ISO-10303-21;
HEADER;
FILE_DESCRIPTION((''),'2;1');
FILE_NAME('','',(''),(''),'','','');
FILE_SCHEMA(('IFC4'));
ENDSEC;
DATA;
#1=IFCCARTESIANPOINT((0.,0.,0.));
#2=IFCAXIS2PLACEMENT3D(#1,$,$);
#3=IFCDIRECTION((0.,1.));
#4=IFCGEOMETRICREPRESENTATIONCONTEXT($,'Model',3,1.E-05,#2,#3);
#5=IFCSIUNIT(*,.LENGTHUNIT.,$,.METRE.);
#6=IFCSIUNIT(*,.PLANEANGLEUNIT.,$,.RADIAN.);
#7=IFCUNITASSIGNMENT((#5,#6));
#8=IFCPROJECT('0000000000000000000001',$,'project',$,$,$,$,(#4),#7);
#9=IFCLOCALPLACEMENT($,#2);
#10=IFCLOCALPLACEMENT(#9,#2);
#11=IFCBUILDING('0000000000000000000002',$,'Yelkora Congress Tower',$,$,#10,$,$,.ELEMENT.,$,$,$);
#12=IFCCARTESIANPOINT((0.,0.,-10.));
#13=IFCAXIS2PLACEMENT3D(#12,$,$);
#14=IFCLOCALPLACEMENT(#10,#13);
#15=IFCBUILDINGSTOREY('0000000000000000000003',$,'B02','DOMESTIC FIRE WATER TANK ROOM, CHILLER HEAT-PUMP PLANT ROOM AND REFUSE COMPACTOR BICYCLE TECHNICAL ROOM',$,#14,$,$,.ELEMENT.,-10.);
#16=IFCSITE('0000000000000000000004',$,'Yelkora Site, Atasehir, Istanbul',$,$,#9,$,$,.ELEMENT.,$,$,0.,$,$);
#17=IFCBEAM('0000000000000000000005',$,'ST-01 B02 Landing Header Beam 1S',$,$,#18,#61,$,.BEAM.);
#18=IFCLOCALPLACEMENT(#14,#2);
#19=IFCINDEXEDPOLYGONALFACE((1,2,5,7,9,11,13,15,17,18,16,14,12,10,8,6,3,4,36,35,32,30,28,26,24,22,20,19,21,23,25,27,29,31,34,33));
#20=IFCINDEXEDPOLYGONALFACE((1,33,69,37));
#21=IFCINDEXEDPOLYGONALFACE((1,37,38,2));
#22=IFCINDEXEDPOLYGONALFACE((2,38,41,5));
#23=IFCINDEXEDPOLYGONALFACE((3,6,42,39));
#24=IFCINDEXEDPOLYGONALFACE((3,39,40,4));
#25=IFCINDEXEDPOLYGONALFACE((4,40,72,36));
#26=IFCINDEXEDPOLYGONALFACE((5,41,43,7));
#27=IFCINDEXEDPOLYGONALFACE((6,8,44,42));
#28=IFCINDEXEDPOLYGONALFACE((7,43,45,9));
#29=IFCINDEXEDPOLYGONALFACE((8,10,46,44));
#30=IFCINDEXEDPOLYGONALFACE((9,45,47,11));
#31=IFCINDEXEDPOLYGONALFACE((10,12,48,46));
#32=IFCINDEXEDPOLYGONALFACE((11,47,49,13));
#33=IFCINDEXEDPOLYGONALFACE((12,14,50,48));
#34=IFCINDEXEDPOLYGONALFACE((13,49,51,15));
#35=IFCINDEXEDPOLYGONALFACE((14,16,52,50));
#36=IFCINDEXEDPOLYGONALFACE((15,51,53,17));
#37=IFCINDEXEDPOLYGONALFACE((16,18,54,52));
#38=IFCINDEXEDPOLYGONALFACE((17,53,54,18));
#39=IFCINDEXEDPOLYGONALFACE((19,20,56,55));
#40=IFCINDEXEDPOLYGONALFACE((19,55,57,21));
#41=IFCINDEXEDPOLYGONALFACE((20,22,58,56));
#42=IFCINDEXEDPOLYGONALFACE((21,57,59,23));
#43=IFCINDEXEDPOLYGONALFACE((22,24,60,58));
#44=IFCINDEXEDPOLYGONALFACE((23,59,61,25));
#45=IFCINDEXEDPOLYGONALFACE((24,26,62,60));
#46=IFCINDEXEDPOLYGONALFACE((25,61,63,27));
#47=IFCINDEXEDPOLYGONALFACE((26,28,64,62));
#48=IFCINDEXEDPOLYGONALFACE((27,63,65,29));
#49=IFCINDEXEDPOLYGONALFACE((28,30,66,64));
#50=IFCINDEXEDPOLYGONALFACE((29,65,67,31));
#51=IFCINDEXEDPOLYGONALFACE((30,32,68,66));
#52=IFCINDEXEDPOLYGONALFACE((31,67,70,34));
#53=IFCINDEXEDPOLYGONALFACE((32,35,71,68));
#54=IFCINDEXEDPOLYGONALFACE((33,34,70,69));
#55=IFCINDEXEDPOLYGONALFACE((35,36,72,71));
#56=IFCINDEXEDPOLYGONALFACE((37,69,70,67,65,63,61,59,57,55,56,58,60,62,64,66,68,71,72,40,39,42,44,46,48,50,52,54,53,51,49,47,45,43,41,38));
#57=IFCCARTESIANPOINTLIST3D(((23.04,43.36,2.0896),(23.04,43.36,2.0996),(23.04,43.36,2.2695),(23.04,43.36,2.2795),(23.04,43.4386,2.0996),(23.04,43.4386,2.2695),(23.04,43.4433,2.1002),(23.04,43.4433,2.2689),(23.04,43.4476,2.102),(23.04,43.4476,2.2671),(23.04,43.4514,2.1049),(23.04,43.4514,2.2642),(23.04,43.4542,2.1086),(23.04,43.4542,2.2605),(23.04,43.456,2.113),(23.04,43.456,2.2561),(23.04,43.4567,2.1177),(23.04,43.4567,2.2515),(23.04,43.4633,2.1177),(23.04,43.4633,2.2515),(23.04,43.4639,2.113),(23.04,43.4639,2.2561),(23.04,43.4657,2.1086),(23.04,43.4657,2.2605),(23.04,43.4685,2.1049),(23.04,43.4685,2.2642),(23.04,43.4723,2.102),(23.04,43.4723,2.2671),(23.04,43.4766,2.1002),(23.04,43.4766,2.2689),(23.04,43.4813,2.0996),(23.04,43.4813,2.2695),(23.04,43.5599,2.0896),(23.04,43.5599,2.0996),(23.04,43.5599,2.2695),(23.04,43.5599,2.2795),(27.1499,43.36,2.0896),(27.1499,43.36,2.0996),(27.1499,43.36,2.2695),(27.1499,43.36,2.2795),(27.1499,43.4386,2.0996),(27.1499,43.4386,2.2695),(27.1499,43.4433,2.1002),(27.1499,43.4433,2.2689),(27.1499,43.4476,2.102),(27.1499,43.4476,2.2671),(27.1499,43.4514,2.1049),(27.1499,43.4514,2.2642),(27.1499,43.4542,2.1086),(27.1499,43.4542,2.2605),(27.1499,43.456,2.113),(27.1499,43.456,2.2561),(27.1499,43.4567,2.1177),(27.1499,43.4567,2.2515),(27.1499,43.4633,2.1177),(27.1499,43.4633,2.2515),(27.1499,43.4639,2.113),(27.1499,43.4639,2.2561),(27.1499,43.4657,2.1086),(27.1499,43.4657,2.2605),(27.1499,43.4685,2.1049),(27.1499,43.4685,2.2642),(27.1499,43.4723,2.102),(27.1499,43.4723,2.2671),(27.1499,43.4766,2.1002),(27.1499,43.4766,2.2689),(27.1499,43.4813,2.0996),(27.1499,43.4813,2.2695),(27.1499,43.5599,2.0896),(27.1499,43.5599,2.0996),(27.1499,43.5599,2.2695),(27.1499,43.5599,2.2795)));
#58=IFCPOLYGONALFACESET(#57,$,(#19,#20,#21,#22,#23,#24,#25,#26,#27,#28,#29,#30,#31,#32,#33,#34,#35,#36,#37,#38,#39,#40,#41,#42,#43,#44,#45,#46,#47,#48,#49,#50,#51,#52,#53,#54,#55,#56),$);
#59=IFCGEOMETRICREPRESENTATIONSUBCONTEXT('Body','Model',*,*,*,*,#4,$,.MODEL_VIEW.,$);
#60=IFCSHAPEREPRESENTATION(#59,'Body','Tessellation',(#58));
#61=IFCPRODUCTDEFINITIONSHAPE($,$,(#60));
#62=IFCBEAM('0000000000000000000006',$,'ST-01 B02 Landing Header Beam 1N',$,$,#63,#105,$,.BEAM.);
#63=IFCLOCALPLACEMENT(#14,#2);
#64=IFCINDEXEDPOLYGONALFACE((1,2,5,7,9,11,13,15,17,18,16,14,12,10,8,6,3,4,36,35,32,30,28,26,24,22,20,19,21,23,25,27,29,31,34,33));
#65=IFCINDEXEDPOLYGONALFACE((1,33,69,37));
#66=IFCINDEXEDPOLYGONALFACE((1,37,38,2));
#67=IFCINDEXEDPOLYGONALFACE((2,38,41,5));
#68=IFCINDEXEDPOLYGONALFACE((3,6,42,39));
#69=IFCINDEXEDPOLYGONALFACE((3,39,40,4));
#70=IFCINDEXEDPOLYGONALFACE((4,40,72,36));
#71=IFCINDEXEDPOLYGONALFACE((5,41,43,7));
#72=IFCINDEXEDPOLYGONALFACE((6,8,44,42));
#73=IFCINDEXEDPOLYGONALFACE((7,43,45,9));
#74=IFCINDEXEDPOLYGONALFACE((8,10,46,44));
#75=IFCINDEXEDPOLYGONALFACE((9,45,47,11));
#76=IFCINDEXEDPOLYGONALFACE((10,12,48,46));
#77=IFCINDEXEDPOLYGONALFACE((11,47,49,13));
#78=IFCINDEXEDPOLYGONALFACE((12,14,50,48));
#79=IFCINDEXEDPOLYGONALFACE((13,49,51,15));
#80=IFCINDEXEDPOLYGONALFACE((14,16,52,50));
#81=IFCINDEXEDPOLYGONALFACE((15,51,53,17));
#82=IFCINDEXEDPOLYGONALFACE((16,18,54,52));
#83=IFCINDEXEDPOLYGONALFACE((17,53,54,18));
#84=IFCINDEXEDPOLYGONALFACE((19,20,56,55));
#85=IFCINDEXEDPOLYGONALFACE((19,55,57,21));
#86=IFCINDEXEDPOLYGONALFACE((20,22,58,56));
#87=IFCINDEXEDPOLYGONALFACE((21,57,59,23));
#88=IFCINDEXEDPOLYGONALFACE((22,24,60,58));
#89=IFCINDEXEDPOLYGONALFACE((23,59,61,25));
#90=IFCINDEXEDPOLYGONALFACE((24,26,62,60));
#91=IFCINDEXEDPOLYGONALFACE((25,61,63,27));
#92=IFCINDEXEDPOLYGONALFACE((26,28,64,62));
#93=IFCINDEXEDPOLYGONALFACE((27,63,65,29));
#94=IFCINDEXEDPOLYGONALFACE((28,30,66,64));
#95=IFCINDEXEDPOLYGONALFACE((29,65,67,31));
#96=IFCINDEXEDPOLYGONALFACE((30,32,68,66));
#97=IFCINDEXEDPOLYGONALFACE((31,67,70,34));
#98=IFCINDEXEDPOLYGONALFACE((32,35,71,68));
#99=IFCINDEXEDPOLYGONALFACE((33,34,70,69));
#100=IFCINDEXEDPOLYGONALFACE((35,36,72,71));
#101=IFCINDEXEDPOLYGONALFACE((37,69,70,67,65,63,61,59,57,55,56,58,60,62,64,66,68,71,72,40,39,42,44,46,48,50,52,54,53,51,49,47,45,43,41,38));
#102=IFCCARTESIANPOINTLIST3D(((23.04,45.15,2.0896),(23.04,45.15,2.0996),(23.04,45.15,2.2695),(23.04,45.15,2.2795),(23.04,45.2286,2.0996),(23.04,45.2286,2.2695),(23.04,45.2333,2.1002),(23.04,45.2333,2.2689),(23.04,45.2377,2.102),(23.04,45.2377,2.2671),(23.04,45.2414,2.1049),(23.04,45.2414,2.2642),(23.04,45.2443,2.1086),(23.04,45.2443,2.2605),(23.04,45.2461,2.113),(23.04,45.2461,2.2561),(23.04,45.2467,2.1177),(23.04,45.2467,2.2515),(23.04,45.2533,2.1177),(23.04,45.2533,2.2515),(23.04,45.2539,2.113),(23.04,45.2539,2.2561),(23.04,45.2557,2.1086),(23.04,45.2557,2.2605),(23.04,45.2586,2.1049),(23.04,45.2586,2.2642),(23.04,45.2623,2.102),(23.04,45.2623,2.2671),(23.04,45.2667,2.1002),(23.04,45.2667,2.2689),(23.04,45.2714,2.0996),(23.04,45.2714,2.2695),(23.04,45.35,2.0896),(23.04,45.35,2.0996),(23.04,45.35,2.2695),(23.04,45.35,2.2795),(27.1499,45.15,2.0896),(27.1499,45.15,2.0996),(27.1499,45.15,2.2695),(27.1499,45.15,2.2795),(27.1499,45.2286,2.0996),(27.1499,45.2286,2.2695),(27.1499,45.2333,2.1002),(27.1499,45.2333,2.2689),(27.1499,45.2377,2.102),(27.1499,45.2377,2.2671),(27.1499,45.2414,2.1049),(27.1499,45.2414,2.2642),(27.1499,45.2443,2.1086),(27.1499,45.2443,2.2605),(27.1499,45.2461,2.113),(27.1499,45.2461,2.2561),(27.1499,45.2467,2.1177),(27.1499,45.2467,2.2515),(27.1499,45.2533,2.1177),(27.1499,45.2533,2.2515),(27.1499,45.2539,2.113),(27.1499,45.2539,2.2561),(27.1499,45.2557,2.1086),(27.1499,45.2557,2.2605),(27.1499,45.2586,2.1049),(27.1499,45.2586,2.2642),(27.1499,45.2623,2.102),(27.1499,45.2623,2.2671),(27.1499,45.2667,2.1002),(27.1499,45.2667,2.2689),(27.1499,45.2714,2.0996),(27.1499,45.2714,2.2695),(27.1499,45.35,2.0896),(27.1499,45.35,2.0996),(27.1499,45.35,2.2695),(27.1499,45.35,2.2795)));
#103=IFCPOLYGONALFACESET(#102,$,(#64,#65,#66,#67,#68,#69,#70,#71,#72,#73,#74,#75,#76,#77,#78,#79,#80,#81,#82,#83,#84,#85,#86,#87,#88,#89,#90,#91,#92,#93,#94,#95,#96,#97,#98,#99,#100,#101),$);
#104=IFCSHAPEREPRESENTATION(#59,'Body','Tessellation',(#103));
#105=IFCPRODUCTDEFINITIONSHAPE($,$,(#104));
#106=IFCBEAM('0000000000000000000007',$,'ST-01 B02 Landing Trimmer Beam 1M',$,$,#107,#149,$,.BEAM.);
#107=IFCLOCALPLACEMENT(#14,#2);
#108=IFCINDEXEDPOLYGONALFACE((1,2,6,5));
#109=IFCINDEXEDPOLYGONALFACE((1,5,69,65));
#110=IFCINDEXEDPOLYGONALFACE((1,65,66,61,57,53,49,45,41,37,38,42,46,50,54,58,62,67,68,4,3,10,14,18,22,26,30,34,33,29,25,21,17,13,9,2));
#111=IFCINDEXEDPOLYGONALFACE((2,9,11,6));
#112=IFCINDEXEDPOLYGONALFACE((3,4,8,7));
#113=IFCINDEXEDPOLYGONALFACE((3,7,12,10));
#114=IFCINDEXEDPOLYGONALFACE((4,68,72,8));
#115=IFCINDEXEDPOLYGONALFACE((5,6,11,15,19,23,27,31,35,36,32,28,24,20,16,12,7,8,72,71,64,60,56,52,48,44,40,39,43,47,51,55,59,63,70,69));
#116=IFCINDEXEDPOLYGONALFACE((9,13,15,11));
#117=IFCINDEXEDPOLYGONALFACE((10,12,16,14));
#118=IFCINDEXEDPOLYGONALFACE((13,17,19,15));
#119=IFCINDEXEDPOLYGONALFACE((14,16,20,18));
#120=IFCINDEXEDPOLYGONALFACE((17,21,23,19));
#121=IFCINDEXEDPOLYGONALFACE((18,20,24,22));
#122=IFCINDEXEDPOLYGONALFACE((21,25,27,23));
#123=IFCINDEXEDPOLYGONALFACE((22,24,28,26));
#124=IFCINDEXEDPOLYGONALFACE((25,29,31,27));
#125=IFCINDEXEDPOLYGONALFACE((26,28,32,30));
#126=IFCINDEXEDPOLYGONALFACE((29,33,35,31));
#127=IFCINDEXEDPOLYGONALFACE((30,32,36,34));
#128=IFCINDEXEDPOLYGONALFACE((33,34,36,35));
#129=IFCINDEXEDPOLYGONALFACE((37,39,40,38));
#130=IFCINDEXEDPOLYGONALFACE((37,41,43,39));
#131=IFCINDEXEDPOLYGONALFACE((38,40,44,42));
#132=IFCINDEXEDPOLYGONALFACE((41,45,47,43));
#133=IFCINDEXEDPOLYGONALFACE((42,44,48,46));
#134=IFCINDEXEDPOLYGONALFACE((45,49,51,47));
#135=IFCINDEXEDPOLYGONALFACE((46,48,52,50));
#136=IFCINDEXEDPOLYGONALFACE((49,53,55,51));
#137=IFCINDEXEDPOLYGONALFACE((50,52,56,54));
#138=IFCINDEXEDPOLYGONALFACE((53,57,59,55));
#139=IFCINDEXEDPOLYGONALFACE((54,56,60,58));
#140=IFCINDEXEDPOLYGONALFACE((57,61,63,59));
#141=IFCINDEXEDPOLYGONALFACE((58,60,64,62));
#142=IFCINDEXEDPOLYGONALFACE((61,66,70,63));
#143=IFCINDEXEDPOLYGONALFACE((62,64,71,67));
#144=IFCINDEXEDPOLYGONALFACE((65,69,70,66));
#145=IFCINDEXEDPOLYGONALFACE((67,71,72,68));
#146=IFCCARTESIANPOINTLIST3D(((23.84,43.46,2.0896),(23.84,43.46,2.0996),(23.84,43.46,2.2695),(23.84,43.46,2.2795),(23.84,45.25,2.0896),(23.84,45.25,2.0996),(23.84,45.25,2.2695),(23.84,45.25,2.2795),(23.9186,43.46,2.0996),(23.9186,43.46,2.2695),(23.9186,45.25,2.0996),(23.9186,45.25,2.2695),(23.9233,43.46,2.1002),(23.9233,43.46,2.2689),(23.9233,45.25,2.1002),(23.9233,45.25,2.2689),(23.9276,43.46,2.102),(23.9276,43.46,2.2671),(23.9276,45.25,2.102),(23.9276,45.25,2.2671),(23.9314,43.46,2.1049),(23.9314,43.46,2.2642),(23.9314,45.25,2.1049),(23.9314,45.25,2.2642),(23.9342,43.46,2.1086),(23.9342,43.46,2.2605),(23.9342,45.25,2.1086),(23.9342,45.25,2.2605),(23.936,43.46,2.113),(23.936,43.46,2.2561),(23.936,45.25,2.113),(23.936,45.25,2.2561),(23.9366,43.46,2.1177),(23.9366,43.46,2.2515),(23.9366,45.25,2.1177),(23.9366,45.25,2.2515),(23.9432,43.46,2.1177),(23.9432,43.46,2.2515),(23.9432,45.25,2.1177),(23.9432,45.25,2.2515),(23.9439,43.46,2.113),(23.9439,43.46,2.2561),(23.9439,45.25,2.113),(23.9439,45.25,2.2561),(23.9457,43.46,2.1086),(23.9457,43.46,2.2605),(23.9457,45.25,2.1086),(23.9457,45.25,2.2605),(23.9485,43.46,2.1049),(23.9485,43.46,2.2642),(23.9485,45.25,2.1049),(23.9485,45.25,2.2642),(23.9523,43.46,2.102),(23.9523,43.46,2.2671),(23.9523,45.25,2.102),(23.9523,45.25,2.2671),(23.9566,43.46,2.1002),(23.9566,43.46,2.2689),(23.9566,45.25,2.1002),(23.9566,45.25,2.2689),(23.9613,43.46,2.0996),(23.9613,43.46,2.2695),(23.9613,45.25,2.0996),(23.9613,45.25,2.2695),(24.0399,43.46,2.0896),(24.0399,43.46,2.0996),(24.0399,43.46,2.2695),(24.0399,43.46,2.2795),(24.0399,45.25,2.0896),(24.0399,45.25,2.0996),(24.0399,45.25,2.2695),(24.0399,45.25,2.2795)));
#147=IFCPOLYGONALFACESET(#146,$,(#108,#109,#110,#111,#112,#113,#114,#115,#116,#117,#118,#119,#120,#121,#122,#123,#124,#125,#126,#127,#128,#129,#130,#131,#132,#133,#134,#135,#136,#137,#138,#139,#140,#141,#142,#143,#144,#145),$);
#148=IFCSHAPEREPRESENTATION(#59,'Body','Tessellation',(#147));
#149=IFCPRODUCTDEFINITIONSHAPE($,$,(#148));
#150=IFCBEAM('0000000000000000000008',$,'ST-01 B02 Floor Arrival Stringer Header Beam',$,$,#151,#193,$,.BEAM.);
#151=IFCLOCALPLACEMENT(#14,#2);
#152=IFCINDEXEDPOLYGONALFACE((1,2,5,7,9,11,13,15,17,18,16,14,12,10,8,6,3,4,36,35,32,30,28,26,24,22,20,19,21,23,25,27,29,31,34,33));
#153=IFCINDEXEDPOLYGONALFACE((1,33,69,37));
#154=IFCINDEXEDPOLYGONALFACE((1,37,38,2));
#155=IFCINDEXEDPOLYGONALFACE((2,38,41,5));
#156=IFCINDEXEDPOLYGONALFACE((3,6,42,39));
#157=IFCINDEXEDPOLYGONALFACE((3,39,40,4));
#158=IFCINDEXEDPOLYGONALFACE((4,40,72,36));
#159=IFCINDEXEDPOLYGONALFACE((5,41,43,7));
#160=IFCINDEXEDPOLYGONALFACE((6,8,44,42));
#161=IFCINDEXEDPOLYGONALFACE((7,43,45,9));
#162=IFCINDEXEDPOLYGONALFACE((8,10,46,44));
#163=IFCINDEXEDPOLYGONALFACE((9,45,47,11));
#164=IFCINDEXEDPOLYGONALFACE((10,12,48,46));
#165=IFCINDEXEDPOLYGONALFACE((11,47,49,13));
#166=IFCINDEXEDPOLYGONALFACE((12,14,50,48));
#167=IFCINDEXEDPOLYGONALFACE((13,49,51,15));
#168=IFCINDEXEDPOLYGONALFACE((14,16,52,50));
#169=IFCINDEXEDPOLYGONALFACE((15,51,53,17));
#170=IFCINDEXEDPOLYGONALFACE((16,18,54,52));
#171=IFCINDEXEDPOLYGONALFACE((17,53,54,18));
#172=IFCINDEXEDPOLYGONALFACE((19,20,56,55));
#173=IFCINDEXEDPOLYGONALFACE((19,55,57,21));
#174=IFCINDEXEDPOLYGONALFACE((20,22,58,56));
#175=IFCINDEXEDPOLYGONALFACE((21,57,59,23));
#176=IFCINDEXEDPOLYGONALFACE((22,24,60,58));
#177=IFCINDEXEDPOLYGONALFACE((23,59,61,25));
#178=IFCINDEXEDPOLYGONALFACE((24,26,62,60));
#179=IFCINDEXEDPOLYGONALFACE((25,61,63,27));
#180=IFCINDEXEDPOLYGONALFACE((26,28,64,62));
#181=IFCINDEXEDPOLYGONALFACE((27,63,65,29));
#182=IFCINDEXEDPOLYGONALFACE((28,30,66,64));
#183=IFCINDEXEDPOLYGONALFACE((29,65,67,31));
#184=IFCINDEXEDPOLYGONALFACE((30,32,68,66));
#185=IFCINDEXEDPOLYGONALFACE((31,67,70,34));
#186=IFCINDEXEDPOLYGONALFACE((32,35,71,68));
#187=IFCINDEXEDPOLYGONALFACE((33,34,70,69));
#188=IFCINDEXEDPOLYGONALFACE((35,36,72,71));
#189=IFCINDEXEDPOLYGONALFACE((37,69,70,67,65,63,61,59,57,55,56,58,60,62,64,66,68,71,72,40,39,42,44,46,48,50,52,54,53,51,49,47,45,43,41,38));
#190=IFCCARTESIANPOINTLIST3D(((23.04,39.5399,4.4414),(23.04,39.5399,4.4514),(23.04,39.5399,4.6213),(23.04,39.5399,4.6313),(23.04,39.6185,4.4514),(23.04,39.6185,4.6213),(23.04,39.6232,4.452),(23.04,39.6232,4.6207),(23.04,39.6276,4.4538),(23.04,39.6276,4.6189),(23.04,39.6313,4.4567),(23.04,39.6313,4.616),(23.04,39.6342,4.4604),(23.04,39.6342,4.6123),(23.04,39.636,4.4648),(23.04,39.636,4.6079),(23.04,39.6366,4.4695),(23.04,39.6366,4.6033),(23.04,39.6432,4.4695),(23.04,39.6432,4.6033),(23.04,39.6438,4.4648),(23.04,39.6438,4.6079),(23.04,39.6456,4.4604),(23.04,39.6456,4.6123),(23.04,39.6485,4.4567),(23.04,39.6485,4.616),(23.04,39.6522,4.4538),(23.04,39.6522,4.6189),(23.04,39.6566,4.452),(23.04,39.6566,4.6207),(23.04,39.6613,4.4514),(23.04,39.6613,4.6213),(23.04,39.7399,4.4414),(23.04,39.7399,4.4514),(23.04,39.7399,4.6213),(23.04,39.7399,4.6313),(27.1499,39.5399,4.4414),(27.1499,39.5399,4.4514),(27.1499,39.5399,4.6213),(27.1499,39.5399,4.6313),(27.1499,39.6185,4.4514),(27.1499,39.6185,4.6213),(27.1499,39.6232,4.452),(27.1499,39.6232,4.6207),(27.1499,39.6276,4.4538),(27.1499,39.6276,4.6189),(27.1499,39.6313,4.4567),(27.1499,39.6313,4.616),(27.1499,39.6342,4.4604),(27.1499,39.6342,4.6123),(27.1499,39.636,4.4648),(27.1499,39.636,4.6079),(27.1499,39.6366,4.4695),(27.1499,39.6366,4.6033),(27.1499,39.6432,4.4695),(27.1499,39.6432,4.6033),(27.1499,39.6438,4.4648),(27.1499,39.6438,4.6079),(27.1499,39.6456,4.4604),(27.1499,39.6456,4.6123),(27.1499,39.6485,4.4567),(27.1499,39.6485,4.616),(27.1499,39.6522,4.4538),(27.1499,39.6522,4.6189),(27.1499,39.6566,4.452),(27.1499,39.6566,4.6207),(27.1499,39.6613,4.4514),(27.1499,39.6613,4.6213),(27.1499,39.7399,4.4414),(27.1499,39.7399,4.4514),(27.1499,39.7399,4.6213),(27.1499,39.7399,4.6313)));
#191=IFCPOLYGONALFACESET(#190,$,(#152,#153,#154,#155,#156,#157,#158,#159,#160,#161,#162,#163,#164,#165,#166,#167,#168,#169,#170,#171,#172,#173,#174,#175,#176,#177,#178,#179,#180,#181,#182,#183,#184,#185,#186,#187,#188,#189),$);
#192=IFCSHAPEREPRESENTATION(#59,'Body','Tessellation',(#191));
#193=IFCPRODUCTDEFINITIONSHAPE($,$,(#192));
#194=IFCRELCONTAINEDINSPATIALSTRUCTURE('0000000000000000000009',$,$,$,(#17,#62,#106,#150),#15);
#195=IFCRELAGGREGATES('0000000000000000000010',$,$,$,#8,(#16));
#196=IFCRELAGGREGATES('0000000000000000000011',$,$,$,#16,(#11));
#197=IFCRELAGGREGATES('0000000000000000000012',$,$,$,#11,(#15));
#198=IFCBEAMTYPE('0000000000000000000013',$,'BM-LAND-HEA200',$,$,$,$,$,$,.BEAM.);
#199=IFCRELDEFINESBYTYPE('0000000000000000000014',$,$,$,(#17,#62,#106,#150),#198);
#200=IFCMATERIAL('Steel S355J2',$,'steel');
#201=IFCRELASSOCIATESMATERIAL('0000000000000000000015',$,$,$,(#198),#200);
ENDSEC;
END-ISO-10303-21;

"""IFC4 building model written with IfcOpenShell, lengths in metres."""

from ifc_helpers import new_model, si_unit, direction, frame, origin, origin_2d, place, context, subcontext, project, spatial, i_section, extrude, material, material_profile, profile_set, type_object, element, save


model = new_model("IFC4")

# Units and contexts
model_context = context("Model", 3, precision=1e-05, world=origin(), true_north=direction((0.0, 1.0)))
body_context = subcontext(model_context, "Body", "Model", "MODEL_VIEW")
ifc_project = project(units=[si_unit("LENGTHUNIT", "METRE"), si_unit("PLANEANGLEUNIT", "RADIAN")], contexts=[model_context])

# Site, building, storey
site_placement = place(None, origin())
site = spatial("IfcSite", under=ifc_project, at=site_placement, Name="Yelkora Site, Atasehir, Istanbul", CompositionType="ELEMENT", RefElevation=0.0)
building_placement = place(site_placement, origin())
building = spatial("IfcBuilding", under=site, at=building_placement, Name="Yelkora Congress Tower", CompositionType="ELEMENT")
storey_placement = place(building_placement, frame((0.0, 0.0, -10.0)))
storey = spatial("IfcBuildingStorey", under=building, at=storey_placement, Name="B02", Description="DOMESTIC FIRE WATER TANK ROOM, CHILLER HEAT-PUMP PLANT ROOM AND REFUSE COMPACTOR BICYCLE TECHNICAL ROOM", CompositionType="ELEMENT", Elevation=-10.0)

# Beams
ifc_material_1 = material(Name="Steel S355J2", Category="steel")
ifc_material_profile_1 = material_profile(ifc_material_1, i_section(OverallWidth=0.2, OverallDepth=0.1899, WebThickness=0.0066, FlangeThickness=0.01, FilletRadius=0.0181, at=origin_2d()), Name="HEA 200")
ifc_profile_set_1 = profile_set([ifc_material_profile_1], Name="Steel S355J2")
beam_type_1 = type_object("IfcBeamType", Name="BM-LAND-HEA200", PredefinedType="BEAM", material=ifc_profile_set_1)
for number, where, z_axis, x_axis, name in (
    (1, (23.04, 43.46, 2.1846), (1.0, 0.0, 0.0), (0.0, 1.0, 0.0), "ST-01 B02 Landing Header Beam 1S"),
    (2, (23.04, 45.25, 2.1846), (1.0, 0.0, 0.0), (0.0, 1.0, 0.0), "ST-01 B02 Landing Header Beam 1N"),
):
    element("IfcBeam", number, at=place(storey_placement, frame(where, z_axis=z_axis, x_axis=x_axis)), inside=storey, type_object=beam_type_1, Name=name, PredefinedType="BEAM", context=body_context, shape_type="SweptSolid", body=[
        extrude(i_section(OverallWidth=0.2, OverallDepth=0.1899, WebThickness=0.0066, FlangeThickness=0.01, FilletRadius=0.0181, at=origin_2d()), origin(), (0.0, 0.0, 1.0), 4.1099),
    ])
beam_1_placement = place(storey_placement, frame((23.9399, 43.46, 2.1846), z_axis=(0.0, 1.0, 0.0), x_axis=(-1.0, 0.0, 0.0)))
element("IfcBeam", 3, at=beam_1_placement, inside=storey, type_object=beam_type_1, Name="ST-01 B02 Landing Trimmer Beam 1M", PredefinedType="BEAM", context=body_context, shape_type="SweptSolid", body=[
    extrude(i_section(OverallWidth=0.2, OverallDepth=0.1899, WebThickness=0.0066, FlangeThickness=0.01, FilletRadius=0.0181, at=origin_2d()), origin(), (0.0, 0.0, 1.0), 1.79),
])
beam_2_placement = place(storey_placement, frame((23.04, 39.6399, 4.5364), z_axis=(1.0, 0.0, 0.0), x_axis=(0.0, 1.0, 0.0)))
element("IfcBeam", 4, at=beam_2_placement, inside=storey, type_object=beam_type_1, Name="ST-01 B02 Floor Arrival Stringer Header Beam", PredefinedType="BEAM", context=body_context, shape_type="SweptSolid", body=[
    extrude(i_section(OverallWidth=0.2, OverallDepth=0.1899, WebThickness=0.0066, FlangeThickness=0.01, FilletRadius=0.0181, at=origin_2d()), origin(), (0.0, 0.0, 1.0), 4.1099),
])

save(model, "model.ifc")
